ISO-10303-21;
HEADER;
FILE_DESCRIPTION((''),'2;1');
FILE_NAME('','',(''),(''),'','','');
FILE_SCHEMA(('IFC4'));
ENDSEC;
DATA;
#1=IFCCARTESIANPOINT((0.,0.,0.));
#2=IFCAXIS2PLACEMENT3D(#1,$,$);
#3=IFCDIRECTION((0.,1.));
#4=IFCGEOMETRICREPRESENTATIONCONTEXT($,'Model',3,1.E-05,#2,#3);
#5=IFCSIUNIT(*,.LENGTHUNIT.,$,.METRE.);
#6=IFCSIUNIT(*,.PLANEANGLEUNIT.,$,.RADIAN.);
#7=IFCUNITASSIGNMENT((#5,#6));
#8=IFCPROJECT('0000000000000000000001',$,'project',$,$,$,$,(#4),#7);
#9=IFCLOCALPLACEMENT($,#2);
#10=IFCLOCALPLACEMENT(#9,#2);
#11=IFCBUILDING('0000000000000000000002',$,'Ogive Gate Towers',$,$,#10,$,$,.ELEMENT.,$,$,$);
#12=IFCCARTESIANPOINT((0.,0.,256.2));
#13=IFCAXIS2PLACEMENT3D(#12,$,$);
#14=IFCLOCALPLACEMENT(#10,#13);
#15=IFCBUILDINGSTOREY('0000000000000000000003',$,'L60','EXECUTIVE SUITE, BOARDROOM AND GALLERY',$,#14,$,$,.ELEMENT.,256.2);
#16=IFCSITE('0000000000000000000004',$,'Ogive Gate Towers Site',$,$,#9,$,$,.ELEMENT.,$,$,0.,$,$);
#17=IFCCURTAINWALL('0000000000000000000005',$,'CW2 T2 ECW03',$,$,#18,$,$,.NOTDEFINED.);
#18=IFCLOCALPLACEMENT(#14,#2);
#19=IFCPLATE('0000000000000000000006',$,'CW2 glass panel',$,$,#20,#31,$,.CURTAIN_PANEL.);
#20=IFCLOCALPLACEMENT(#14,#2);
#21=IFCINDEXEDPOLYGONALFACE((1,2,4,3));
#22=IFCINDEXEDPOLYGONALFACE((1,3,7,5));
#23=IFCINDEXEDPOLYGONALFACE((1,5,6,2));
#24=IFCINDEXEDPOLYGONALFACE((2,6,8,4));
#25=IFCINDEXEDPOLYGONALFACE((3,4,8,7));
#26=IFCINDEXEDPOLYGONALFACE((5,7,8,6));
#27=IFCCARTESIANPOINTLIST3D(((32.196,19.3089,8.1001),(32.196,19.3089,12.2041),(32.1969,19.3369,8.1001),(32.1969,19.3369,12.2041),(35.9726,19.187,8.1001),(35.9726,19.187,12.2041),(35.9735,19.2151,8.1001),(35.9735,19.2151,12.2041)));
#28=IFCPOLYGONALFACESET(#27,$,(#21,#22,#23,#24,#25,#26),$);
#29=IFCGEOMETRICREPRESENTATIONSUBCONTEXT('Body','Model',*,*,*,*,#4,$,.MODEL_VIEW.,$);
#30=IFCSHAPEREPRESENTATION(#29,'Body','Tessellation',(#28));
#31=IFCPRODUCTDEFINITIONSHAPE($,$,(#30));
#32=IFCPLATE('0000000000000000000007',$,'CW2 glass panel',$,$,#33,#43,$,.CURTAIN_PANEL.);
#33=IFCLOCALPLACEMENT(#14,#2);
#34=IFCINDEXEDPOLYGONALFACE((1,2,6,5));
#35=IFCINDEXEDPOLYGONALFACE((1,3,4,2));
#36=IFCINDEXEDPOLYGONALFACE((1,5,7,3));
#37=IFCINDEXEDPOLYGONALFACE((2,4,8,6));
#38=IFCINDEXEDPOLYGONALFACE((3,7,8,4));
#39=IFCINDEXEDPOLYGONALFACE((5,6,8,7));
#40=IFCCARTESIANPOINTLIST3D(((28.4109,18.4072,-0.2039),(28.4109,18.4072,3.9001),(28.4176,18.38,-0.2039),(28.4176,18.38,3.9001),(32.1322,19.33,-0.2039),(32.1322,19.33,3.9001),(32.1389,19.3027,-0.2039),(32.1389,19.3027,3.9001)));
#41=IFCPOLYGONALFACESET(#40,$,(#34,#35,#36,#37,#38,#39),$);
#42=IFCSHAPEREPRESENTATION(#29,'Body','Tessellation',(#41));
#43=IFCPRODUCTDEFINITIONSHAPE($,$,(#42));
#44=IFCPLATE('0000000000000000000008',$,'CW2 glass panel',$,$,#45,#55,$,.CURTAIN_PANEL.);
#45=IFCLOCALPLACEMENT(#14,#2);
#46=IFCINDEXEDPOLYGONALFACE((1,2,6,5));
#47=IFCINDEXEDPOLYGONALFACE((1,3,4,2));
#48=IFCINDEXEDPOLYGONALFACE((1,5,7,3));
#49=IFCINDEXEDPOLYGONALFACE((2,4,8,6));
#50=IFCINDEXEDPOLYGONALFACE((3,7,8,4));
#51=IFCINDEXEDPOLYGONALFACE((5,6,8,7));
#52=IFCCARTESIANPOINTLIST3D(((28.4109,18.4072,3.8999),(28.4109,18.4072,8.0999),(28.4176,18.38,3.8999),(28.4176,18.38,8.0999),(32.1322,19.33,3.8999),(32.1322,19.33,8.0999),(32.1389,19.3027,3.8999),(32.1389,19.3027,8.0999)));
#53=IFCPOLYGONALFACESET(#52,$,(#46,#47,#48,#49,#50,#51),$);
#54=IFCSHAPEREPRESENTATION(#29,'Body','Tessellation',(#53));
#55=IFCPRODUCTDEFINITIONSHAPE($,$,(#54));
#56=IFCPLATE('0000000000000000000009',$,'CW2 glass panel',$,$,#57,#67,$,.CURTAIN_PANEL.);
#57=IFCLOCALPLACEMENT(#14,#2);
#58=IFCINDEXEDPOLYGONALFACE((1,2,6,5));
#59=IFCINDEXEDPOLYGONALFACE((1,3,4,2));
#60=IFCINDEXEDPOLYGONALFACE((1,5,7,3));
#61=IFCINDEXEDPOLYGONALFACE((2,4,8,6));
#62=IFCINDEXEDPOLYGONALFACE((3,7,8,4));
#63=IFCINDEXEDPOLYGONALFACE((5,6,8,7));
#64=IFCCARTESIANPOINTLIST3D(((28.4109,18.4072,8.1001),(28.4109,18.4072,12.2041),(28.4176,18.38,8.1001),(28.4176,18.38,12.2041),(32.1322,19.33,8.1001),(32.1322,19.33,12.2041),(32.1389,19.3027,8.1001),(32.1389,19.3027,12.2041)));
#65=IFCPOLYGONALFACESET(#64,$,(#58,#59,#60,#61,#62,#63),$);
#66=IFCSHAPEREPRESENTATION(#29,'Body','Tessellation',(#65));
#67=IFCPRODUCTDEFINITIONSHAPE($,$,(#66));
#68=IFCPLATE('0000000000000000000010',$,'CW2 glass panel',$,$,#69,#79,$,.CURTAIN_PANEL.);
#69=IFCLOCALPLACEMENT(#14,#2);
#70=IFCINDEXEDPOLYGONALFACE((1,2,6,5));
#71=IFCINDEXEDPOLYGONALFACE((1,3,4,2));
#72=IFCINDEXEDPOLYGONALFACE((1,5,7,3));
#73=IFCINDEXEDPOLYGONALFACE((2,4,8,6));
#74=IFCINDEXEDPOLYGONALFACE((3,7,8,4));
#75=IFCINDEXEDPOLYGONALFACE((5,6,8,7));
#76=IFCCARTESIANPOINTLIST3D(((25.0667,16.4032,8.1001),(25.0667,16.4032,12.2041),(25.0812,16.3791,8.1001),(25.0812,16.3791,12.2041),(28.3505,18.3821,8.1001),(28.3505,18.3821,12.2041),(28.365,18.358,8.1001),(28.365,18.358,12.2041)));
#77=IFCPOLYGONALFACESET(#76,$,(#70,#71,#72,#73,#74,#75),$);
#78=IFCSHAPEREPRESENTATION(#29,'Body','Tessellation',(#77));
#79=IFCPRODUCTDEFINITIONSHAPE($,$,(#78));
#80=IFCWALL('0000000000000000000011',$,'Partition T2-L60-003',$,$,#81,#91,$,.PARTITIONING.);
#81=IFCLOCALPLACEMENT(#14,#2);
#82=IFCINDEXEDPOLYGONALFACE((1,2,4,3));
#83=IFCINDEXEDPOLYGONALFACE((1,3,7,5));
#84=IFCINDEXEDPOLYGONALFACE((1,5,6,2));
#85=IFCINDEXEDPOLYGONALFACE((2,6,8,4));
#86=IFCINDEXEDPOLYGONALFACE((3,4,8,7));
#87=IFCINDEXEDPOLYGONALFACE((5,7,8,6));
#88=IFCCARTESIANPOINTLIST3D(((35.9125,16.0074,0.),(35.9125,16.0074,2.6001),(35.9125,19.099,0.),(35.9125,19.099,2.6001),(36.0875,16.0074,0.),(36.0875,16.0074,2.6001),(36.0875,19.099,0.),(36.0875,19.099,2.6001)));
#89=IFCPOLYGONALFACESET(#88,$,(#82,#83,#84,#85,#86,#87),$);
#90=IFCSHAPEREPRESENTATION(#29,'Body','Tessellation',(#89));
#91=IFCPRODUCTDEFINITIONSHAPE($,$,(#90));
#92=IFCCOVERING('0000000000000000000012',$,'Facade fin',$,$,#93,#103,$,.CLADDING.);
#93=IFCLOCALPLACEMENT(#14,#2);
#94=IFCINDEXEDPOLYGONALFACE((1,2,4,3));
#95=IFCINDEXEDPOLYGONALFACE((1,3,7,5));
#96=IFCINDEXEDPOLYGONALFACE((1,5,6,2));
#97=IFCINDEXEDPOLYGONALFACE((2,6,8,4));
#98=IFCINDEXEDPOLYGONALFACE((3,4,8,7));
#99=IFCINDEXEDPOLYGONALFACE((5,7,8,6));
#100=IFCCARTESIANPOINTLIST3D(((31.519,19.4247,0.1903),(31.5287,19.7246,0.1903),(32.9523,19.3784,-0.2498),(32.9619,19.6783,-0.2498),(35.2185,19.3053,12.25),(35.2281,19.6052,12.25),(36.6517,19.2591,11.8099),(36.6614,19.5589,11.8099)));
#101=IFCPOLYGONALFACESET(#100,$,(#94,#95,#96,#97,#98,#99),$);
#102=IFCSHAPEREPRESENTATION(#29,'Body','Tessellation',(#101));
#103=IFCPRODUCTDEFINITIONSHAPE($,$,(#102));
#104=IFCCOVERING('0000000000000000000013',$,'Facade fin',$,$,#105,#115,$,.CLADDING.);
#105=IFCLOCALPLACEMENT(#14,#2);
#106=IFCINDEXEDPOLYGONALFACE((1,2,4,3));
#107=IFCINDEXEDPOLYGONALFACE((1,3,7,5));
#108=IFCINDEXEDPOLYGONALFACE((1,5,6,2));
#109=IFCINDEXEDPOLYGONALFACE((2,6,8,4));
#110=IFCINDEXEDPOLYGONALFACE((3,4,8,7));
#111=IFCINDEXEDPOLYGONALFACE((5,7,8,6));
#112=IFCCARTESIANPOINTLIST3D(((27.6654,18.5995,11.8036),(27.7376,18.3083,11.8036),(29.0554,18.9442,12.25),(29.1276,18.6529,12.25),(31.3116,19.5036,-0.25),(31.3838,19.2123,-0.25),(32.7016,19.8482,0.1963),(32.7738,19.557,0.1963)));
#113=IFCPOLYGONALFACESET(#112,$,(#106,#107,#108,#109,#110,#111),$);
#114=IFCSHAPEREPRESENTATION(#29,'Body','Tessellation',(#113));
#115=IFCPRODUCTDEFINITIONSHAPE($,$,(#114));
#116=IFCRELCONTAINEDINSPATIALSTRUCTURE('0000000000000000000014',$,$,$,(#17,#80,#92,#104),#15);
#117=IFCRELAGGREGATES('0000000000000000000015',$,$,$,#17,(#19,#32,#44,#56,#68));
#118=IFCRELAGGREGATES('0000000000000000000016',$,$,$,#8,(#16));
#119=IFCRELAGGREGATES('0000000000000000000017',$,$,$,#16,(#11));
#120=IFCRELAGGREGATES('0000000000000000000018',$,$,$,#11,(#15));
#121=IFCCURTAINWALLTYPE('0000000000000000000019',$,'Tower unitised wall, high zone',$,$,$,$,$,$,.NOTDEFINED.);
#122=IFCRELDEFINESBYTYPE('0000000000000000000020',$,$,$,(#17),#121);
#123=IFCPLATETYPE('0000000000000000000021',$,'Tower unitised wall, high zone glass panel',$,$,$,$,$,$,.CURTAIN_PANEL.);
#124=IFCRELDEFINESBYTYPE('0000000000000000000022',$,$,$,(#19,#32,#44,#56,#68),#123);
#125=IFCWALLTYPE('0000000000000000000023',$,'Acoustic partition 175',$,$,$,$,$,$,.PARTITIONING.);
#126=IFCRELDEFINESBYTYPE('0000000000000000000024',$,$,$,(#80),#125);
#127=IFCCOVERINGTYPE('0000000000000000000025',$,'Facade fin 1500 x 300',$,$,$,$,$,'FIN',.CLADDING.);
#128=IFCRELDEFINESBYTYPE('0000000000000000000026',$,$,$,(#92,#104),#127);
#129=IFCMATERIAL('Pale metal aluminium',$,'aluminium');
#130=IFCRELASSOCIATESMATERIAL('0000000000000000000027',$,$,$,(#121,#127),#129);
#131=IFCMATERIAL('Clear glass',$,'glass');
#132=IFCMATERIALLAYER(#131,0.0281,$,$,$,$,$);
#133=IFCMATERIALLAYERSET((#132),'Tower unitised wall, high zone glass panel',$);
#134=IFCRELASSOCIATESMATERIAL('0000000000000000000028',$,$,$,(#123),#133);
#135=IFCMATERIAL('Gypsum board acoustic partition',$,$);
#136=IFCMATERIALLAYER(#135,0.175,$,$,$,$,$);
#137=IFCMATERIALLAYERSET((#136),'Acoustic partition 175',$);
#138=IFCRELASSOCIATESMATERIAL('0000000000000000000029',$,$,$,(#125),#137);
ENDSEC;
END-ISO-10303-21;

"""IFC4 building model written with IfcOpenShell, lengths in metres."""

from ifc_helpers import new_model, si_unit, direction, frame, frame_2d, origin, origin_2d, place, context, subcontext, project, spatial, rectangle, extrude, material, layer, layer_set, material_profile, profile_set, type_object, element, aggregate, save


model = new_model("IFC4")

# Units and contexts
model_context = context("Model", 3, precision=1e-05, world=origin(), true_north=direction((0.0, 1.0)))
body_context = subcontext(model_context, "Body", "Model", "MODEL_VIEW")
ifc_project = project(units=[si_unit("LENGTHUNIT", "METRE"), si_unit("PLANEANGLEUNIT", "RADIAN")], contexts=[model_context])

# Site, building, storey
site_placement = place(None, origin())
site = spatial("IfcSite", under=ifc_project, at=site_placement, Name="Ogive Gate Towers Site", CompositionType="ELEMENT", RefElevation=0.0)
building_placement = place(site_placement, origin())
building = spatial("IfcBuilding", under=site, at=building_placement, Name="Ogive Gate Towers", CompositionType="ELEMENT")
storey_placement = place(building_placement, frame((0.0, 0.0, 256.2)))
storey = spatial("IfcBuildingStorey", under=building, at=storey_placement, Name="L60", Description="EXECUTIVE SUITE, BOARDROOM AND GALLERY", CompositionType="ELEMENT", Elevation=256.2)

# Shared definitions
ifc_material_1 = material(Name="Pale metal aluminium", Category="aluminium")
curtain_wall_type = type_object("IfcCurtainWallType", Name="Tower unitised wall, high zone", PredefinedType="NOTDEFINED", material=ifc_material_1)

# Curtain wall, plates
curtain_wall_1_placement = place(storey_placement, origin())
curtain_wall_1 = element("IfcCurtainWall", 1, at=curtain_wall_1_placement, inside=storey, type_object=curtain_wall_type, Name="CW2 T2 ECW03", PredefinedType="NOTDEFINED")
ifc_material_2 = material(Name="Clear glass", Category="glass")
ifc_layer_1 = layer(ifc_material_2, 0.0281)
ifc_layer_set_1 = layer_set([ifc_layer_1], Name="Tower unitised wall, high zone glass panel")
plate_type = type_object("IfcPlateType", Name="Tower unitised wall, high zone glass panel", PredefinedType="CURTAIN_PANEL", material=ifc_layer_set_1)
plate_1_placement = place(storey_placement, frame((34.0847, 19.262, 8.1001), z_axis=(0.0, 0.0, 1.0), x_axis=(-0.99948, 0.032248, 0.0)))
plate_1 = element("IfcPlate", 2, at=plate_1_placement, type_object=plate_type, Name="CW2 glass panel", PredefinedType="CURTAIN_PANEL", context=body_context, shape_type="SweptSolid", body=[
    extrude(rectangle(XDim=3.7786, YDim=0.0281, at=origin_2d()), origin(), (0.0, 0.0, 1.0), 4.104),
])
plate_2_placement = place(storey_placement, frame((30.2749, 18.855, -0.2039), z_axis=(0.0, 0.0, 1.0), x_axis=(-0.970607, -0.240669, 0.0)))
plate_2 = element("IfcPlate", 3, at=plate_2_placement, type_object=plate_type, Name="CW2 glass panel", PredefinedType="CURTAIN_PANEL", context=body_context, shape_type="SweptSolid", body=[
    extrude(rectangle(XDim=3.834, YDim=0.0281, at=origin_2d()), origin(), (0.0, 0.0, 1.0), 4.104),
])
plate_3_placement = place(storey_placement, frame((30.2749, 18.855, 3.8999), z_axis=(0.0, 0.0, 1.0), x_axis=(-0.970607, -0.240669, 0.0)))
plate_3 = element("IfcPlate", 4, at=plate_3_placement, type_object=plate_type, Name="CW2 glass panel", PredefinedType="CURTAIN_PANEL", context=body_context, shape_type="SweptSolid", body=[
    extrude(rectangle(XDim=3.834, YDim=0.0281, at=origin_2d()), origin(), (0.0, 0.0, 1.0), 4.2),
])
plate_4_placement = place(storey_placement, frame((30.2749, 18.855, 8.1001), z_axis=(0.0, 0.0, 1.0), x_axis=(-0.970607, -0.240669, 0.0)))
plate_4 = element("IfcPlate", 5, at=plate_4_placement, type_object=plate_type, Name="CW2 glass panel", PredefinedType="CURTAIN_PANEL", context=body_context, shape_type="SweptSolid", body=[
    extrude(rectangle(XDim=3.834, YDim=0.0281, at=origin_2d()), origin(), (0.0, 0.0, 1.0), 4.104),
])
plate_5_placement = place(storey_placement, frame((26.7158, 17.3806, 8.1001), z_axis=(0.0, 0.0, 1.0), x_axis=(-0.856501, -0.516145, 0.0)))
plate_5 = element("IfcPlate", 6, at=plate_5_placement, type_object=plate_type, Name="CW2 glass panel", PredefinedType="CURTAIN_PANEL", context=body_context, shape_type="SweptSolid", body=[
    extrude(rectangle(XDim=3.834, YDim=0.0281, at=origin_2d()), origin(), (0.0, 0.0, 1.0), 4.104),
])
aggregate(curtain_wall_1, [plate_1, plate_2, plate_3, plate_4, plate_5])

# Wall
ifc_material_3 = material(Name="Gypsum board acoustic partition")
ifc_layer_2 = layer(ifc_material_3, 0.175)
ifc_layer_set_2 = layer_set([ifc_layer_2], Name="Acoustic partition 175")
wall_type = type_object("IfcWallType", Name="Acoustic partition 175", PredefinedType="PARTITIONING", material=ifc_layer_set_2)
wall_placement = place(storey_placement, frame((36.0, 19.0991, 0.0), z_axis=(0.0, 0.0, 1.0), x_axis=(0.0, -1.0, 0.0)))
element("IfcWall", 7, at=wall_placement, inside=storey, type_object=wall_type, Name="Partition T2-L60-003", PredefinedType="PARTITIONING", context=body_context, shape_type="SweptSolid", body=[
    extrude(rectangle(XDim=3.0916, YDim=0.175, at=frame_2d((1.5459, 0.0))), origin(), (0.0, 0.0, 1.0), 2.6001),
])

# Coverings
ifc_material_profile_1 = material_profile(ifc_material_1, rectangle(XDim=0.3, YDim=1.5, at=origin_2d()), Name="1500 x 300 pale metal aluminium")
ifc_profile_set_1 = profile_set([ifc_material_profile_1], Name="Pale metal aluminium")
covering_type = type_object("IfcCoveringType", Name="Facade fin 1500 x 300", ElementType="FIN", PredefinedType="CLADDING", material=ifc_profile_set_1)
covering_1_placement = place(storey_placement, frame((32.2405, 19.5515, -0.0298), z_axis=(0.293258, -0.009464, 0.955987), x_axis=(0.032254, 0.99948, 0.0)))
element("IfcCovering", 8, at=covering_1_placement, inside=storey, type_object=covering_type, Name="Facade fin", PredefinedType="CLADDING", context=body_context, shape_type="SweptSolid", body=[
    extrude(rectangle(XDim=0.3, YDim=1.5, at=origin_2d()), origin(), (0.0, 0.0, 1.0), 12.615),
])
covering_2_placement = place(storey_placement, frame((32.0427, 19.5303, -0.0269), z_axis=(-0.288799, -0.071605, 0.954708), x_axis=(0.240654, -0.970611, 0.0)))
element("IfcCovering", 9, at=covering_2_placement, inside=storey, type_object=covering_type, Name="Facade fin", PredefinedType="CLADDING", context=body_context, shape_type="SweptSolid", body=[
    extrude(rectangle(XDim=0.3, YDim=1.5, at=origin_2d()), origin(), (0.0, 0.0, 1.0), 12.6255),
])

save(model, "model.ifc")
